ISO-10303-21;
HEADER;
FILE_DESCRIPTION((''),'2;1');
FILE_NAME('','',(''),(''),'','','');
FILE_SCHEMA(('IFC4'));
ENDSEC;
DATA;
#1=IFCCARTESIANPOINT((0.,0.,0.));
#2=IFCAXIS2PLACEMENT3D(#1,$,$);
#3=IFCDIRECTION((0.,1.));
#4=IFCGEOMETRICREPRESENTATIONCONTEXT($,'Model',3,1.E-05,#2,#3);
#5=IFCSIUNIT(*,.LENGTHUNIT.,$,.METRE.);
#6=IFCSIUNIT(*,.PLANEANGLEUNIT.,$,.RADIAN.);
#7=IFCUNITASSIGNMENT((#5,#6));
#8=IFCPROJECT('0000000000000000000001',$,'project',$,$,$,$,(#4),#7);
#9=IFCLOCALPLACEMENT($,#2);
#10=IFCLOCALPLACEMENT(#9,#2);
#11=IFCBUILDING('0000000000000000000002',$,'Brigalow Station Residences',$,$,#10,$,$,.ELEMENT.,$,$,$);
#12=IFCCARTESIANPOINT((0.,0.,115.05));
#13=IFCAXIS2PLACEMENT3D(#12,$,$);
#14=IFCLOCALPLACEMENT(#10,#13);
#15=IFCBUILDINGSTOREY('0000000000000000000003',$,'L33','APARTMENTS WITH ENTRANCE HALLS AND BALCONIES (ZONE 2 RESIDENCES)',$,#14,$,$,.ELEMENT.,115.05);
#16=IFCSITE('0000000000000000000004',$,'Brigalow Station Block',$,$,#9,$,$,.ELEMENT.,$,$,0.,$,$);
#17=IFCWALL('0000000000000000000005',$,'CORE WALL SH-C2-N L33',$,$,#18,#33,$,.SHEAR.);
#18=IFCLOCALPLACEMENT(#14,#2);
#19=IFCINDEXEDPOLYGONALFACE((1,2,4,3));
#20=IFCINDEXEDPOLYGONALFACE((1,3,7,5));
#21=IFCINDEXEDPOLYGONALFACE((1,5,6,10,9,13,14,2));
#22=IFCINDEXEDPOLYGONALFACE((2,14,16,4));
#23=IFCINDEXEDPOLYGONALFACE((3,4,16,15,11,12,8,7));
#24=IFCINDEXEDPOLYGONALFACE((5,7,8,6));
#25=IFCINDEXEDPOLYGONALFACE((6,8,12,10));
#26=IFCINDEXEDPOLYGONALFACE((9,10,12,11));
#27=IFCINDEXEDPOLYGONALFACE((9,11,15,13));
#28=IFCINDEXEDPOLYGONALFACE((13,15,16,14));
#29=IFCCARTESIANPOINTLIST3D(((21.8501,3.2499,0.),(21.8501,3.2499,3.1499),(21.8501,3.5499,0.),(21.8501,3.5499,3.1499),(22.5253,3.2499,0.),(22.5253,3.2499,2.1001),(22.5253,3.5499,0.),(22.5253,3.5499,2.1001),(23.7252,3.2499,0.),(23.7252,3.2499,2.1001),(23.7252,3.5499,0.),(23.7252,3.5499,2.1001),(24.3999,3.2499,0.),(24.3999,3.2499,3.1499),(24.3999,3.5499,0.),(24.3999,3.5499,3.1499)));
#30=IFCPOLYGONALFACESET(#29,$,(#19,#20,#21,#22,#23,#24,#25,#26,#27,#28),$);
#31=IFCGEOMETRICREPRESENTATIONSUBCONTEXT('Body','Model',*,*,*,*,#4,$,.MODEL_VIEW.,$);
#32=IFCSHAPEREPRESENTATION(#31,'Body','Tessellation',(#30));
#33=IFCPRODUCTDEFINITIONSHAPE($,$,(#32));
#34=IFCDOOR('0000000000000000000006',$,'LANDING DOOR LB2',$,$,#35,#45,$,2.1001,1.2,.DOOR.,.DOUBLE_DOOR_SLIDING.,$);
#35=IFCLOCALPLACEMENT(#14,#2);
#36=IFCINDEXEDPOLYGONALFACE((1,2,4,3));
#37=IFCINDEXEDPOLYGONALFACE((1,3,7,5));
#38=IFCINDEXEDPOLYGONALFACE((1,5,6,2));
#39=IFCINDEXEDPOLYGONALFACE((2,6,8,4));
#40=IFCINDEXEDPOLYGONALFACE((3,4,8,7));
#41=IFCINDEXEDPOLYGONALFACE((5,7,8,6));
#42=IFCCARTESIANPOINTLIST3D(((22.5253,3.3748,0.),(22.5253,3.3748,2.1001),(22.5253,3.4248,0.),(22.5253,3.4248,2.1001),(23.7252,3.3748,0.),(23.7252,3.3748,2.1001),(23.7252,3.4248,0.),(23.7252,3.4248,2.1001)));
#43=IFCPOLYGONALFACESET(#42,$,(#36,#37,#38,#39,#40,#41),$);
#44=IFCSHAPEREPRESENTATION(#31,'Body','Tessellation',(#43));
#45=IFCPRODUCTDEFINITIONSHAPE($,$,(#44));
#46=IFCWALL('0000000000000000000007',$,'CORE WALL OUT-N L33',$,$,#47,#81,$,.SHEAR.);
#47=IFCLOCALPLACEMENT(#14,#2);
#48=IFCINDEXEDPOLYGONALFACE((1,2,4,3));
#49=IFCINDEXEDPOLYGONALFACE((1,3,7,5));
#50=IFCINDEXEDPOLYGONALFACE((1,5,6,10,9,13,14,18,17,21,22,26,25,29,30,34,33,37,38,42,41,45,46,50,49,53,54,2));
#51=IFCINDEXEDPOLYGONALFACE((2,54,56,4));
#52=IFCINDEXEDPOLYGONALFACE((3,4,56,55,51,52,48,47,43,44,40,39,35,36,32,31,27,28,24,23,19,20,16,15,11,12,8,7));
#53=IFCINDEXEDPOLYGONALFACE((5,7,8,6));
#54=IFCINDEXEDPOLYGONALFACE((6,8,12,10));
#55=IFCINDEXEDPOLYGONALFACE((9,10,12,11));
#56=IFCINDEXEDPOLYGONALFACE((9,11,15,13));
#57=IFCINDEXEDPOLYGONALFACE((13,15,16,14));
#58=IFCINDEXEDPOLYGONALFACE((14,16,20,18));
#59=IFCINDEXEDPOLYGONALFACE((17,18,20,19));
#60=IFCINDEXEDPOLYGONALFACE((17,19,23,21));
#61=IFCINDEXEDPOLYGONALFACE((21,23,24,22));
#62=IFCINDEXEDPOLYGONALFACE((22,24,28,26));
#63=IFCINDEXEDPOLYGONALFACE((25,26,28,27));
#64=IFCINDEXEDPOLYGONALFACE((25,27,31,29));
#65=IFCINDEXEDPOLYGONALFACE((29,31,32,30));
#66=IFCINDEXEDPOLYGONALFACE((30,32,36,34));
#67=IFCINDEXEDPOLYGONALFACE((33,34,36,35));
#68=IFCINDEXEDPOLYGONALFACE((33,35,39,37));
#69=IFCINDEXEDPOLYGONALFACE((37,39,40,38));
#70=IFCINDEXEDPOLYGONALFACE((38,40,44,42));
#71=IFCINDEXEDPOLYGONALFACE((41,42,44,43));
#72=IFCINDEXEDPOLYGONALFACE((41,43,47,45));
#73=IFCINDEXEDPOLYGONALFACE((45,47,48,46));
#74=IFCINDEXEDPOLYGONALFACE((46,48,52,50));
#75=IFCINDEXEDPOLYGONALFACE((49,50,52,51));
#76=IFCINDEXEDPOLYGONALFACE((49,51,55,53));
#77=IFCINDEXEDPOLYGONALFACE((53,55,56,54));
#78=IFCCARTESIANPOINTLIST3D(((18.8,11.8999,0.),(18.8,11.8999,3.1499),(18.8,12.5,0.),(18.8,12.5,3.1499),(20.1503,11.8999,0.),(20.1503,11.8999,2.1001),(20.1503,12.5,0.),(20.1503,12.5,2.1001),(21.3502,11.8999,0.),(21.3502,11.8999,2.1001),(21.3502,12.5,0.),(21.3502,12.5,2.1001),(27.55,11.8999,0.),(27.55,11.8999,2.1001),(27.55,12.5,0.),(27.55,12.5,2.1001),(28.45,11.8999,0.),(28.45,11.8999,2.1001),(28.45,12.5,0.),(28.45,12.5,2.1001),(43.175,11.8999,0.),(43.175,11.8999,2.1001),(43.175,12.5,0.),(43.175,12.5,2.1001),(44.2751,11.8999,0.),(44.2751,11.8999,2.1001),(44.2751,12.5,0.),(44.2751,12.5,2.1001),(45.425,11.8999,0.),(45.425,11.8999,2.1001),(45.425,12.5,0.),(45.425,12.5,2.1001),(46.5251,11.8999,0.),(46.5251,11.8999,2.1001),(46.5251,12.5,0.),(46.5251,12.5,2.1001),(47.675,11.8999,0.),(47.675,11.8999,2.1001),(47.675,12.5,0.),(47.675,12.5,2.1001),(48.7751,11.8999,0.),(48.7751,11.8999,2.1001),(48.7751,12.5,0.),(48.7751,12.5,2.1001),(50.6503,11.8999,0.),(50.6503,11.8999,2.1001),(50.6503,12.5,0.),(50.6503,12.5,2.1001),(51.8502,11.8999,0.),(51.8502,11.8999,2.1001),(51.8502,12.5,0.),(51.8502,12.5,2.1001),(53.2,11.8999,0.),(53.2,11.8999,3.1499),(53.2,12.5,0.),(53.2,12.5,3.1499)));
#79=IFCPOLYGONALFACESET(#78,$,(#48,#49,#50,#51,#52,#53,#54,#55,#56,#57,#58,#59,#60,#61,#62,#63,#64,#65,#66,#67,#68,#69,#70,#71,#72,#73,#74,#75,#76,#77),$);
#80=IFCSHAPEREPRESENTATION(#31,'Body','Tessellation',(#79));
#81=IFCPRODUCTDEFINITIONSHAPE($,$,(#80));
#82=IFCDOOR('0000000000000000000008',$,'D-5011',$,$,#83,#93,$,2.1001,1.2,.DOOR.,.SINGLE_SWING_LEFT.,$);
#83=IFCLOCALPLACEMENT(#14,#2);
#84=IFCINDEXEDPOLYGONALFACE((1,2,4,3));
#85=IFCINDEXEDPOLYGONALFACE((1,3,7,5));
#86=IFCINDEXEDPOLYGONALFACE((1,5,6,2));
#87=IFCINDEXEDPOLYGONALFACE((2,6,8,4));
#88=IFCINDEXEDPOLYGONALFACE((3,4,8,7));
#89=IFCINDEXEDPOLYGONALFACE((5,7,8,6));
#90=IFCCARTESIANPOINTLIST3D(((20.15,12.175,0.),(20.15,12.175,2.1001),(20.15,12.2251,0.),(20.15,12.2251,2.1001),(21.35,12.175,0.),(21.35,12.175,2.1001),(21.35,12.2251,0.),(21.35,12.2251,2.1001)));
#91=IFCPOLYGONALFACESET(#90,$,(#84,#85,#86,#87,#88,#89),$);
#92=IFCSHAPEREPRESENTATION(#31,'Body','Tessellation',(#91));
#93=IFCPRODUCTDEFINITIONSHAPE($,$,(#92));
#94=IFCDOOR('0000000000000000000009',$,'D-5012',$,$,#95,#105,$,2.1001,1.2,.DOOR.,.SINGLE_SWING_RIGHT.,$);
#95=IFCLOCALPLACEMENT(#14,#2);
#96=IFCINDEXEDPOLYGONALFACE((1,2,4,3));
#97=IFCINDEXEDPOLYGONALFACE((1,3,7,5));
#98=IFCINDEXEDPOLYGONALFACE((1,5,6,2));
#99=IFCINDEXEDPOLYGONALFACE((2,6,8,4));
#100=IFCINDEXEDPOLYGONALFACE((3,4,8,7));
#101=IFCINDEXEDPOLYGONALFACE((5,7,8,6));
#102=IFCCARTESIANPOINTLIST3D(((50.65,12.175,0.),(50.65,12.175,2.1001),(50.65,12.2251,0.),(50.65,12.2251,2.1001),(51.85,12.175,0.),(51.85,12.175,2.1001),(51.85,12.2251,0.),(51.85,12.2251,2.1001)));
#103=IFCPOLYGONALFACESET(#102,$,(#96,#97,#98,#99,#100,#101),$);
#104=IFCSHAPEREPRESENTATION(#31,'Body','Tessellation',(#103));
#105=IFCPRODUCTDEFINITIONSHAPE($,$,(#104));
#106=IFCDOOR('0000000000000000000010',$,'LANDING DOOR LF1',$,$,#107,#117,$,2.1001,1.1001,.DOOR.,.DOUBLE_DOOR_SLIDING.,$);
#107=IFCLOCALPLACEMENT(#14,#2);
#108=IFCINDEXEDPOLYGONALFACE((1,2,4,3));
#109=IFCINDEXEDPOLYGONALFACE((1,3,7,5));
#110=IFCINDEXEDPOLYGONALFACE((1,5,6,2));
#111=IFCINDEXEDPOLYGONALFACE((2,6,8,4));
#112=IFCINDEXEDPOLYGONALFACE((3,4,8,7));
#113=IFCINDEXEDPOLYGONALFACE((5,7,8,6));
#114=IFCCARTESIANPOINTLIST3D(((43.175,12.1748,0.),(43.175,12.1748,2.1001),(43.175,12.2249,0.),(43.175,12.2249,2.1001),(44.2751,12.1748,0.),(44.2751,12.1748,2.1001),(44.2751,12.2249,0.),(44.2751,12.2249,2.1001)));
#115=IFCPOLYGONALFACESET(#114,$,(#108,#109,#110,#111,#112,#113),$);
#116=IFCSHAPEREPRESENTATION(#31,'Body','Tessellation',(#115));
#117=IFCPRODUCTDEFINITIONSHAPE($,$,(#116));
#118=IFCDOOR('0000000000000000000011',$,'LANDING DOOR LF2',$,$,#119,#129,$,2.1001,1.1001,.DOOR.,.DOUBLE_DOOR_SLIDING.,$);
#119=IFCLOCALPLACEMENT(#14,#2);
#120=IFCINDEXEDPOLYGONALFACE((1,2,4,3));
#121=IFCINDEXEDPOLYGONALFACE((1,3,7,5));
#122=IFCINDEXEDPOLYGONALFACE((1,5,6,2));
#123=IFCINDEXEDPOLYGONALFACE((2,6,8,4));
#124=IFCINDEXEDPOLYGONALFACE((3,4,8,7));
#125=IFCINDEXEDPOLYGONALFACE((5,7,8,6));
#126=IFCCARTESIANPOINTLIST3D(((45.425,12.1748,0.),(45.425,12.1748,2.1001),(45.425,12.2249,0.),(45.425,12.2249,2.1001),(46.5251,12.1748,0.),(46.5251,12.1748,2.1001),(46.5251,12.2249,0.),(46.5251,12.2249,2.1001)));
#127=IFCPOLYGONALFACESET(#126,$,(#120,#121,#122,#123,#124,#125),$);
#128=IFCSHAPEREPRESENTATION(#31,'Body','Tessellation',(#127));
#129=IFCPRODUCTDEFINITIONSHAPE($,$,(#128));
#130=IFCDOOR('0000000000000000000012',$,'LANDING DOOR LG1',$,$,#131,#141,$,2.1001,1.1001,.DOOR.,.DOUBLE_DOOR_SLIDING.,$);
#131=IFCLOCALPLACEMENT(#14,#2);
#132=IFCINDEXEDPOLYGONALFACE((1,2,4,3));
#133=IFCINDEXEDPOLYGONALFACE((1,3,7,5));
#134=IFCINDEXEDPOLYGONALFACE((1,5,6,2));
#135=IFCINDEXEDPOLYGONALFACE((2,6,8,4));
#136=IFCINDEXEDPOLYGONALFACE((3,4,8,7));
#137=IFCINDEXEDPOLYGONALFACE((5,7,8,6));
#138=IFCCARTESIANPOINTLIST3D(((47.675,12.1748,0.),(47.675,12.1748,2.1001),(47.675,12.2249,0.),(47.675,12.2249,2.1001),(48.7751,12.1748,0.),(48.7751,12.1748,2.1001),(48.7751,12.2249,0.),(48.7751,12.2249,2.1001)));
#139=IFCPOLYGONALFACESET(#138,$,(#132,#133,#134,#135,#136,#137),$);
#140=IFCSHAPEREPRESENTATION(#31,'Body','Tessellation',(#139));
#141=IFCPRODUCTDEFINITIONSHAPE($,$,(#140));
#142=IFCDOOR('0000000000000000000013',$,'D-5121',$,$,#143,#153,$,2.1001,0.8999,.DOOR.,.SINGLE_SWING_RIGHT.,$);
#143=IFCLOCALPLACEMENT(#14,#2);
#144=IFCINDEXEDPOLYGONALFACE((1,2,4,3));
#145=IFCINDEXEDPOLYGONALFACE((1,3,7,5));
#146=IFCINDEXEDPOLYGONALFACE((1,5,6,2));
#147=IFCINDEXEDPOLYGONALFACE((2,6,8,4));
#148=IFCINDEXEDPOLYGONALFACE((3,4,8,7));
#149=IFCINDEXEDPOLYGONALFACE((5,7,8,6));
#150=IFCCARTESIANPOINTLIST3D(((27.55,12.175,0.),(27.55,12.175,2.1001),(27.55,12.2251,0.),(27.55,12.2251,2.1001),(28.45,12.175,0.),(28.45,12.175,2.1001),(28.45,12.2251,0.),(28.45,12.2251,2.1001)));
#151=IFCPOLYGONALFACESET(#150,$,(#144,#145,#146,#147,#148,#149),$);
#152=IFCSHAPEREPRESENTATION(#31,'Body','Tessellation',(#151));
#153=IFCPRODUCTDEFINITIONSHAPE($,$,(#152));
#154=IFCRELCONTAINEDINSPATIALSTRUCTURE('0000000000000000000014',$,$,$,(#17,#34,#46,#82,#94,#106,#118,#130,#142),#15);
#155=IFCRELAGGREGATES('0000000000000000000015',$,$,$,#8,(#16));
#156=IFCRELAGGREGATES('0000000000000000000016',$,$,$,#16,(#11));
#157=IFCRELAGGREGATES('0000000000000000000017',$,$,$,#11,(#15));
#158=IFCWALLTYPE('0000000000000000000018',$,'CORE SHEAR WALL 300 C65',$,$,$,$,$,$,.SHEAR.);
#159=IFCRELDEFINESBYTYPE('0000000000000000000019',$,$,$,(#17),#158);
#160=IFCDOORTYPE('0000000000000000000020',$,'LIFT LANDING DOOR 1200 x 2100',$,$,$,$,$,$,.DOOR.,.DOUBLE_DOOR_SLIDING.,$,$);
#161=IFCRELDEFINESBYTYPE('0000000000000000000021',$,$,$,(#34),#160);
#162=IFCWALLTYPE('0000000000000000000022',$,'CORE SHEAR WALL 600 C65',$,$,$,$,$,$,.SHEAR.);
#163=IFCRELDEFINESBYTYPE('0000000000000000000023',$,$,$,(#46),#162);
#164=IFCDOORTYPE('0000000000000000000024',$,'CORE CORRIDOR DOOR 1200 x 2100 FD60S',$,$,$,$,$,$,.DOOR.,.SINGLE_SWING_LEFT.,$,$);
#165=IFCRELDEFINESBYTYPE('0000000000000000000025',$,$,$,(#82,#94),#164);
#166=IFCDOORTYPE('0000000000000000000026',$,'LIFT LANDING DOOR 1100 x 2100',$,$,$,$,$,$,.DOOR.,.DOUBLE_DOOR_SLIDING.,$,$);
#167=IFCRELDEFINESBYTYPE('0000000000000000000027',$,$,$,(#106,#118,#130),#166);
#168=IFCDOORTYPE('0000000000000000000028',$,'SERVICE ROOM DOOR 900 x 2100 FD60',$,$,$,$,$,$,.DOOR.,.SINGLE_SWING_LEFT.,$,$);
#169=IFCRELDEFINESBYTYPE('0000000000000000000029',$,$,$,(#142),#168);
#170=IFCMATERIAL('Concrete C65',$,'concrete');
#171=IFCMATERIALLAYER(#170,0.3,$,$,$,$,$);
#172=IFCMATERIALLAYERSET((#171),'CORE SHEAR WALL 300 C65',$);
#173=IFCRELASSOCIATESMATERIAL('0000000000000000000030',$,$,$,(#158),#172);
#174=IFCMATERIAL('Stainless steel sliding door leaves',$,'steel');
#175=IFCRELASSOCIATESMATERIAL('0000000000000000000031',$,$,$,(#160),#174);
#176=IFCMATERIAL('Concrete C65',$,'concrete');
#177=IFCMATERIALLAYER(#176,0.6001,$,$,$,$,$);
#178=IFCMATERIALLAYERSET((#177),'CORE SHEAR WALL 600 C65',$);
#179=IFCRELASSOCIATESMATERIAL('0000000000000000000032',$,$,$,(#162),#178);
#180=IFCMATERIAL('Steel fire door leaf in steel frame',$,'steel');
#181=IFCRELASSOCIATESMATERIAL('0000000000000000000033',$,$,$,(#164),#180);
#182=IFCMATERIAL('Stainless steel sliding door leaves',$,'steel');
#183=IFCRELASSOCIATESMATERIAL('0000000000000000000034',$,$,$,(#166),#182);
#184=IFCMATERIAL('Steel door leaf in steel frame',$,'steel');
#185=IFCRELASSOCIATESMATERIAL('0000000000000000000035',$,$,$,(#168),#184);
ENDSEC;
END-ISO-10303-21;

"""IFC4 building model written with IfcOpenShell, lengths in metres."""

from ifc_helpers import new_model, si_unit, direction, frame, frame_2d, origin, place, context, subcontext, project, spatial, rectangle, extrude, material, layer, layer_set, type_object, element, fill, save


model = new_model("IFC4")

# Units and contexts
model_context = context("Model", 3, precision=1e-05, world=origin(), true_north=direction((0.0, 1.0)))
body_context = subcontext(model_context, "Body", "Model", "MODEL_VIEW")
ifc_project = project(units=[si_unit("LENGTHUNIT", "METRE"), si_unit("PLANEANGLEUNIT", "RADIAN")], contexts=[model_context])

# Site, building, storey
site_placement = place(None, origin())
site = spatial("IfcSite", under=ifc_project, at=site_placement, Name="Brigalow Station Block", CompositionType="ELEMENT", RefElevation=0.0)
building_placement = place(site_placement, origin())
building = spatial("IfcBuilding", under=site, at=building_placement, Name="Brigalow Station Residences", CompositionType="ELEMENT")
storey_placement = place(building_placement, frame((0.0, 0.0, 115.05)))
storey = spatial("IfcBuildingStorey", under=building, at=storey_placement, Name="L33", Description="APARTMENTS WITH ENTRANCE HALLS AND BALCONIES (ZONE 2 RESIDENCES)", CompositionType="ELEMENT", Elevation=115.05)

# Wall, opening, door
ifc_material_1 = material(Name="Concrete C65", Category="concrete")
ifc_layer_1 = layer(ifc_material_1, 0.3)
ifc_layer_set_1 = layer_set([ifc_layer_1], Name="CORE SHEAR WALL 300 C65")
wall_type_1 = type_object("IfcWallType", Name="CORE SHEAR WALL 300 C65", PredefinedType="SHEAR", material=ifc_layer_set_1)
wall_1_placement = place(storey_placement, frame((21.8501, 3.3999, 0.0), z_axis=(0.0, 0.0, 1.0), x_axis=(1.0, 0.0, 0.0)))
wall_1 = element("IfcWall", 1, at=wall_1_placement, inside=storey, type_object=wall_type_1, Name="CORE WALL SH-C2-N L33", PredefinedType="SHEAR", context=body_context, shape_type="SweptSolid", body=[
    extrude(rectangle(XDim=2.5498, YDim=0.3, at=frame_2d((1.2749, 0.0))), origin(), (0.0, 0.0, 1.0), 3.1499),
])
opening_1_placement = place(wall_1_placement, frame((0.675, 0.0, 0.0)))
opening_1 = element("IfcOpeningElement", 2, at=opening_1_placement, cuts=wall_1, PredefinedType="OPENING", context=body_context, shape_type="SweptSolid", body=[
    extrude(rectangle(XDim=1.2, YDim=2.1001, at=frame_2d((0.6001, 1.05))), frame((0.0, 0.1602, 0.0), z_axis=(0.0, -1.0, 0.0), x_axis=(1.0, 0.0, 0.0)), (0.0, 0.0, 1.0), 0.3201),
])
ifc_material_2 = material(Name="Stainless steel sliding door leaves", Category="steel")
door_type_1 = type_object("IfcDoorType", Name="LIFT LANDING DOOR 1200 x 2100", OperationType="DOUBLE_DOOR_SLIDING", PredefinedType="DOOR", material=ifc_material_2)
door_1_placement = place(opening_1_placement, origin())
door_1 = element("IfcDoor", 3, at=door_1_placement, inside=storey, type_object=door_type_1, Name="LANDING DOOR LB2", OperationType="DOUBLE_DOOR_SLIDING", OverallHeight=2.1001, OverallWidth=1.2, PredefinedType="DOOR", context=body_context, shape_type="SweptSolid", body=[
    extrude(rectangle(XDim=1.2, YDim=2.1001, at=frame_2d((0.6001, 1.05))), frame((0.0, 0.0249, 0.0), z_axis=(0.0, -1.0, 0.0), x_axis=(1.0, 0.0, 0.0)), (0.0, 0.0, 1.0), 0.05),
])
fill(opening_1, door_1)

# Wall, openings, doors
ifc_material_3 = material(Name="Concrete C65", Category="concrete")
ifc_layer_2 = layer(ifc_material_3, 0.6001)
ifc_layer_set_2 = layer_set([ifc_layer_2], Name="CORE SHEAR WALL 600 C65")
wall_type_2 = type_object("IfcWallType", Name="CORE SHEAR WALL 600 C65", PredefinedType="SHEAR", material=ifc_layer_set_2)
wall_2_placement = place(storey_placement, frame((18.8, 12.2, 0.0), z_axis=(0.0, 0.0, 1.0), x_axis=(1.0, 0.0, 0.0)))
wall_2 = element("IfcWall", 4, at=wall_2_placement, inside=storey, type_object=wall_type_2, Name="CORE WALL OUT-N L33", PredefinedType="SHEAR", context=body_context, shape_type="SweptSolid", body=[
    extrude(rectangle(XDim=34.3999, YDim=0.6001, at=frame_2d((17.2, 0.0))), origin(), (0.0, 0.0, 1.0), 3.1499),
])
opening_2_placement = place(wall_2_placement, frame((24.375, 0.0, 0.0)))
opening_2 = element("IfcOpeningElement", 5, at=opening_2_placement, cuts=wall_2, PredefinedType="OPENING", context=body_context, shape_type="SweptSolid", body=[
    extrude(rectangle(XDim=1.1001, YDim=2.1001, at=frame_2d((0.55, 1.05))), frame((0.0, 0.3101, 0.0), z_axis=(0.0, -1.0, 0.0), x_axis=(1.0, 0.0, 0.0)), (0.0, 0.0, 1.0), 0.6201),
])
opening_3_placement = place(wall_2_placement, frame((26.625, 0.0, 0.0)))
opening_3 = element("IfcOpeningElement", 6, at=opening_3_placement, cuts=wall_2, PredefinedType="OPENING", context=body_context, shape_type="SweptSolid", body=[
    extrude(rectangle(XDim=1.1001, YDim=2.1001, at=frame_2d((0.55, 1.05))), frame((0.0, 0.3101, 0.0), z_axis=(0.0, -1.0, 0.0), x_axis=(1.0, 0.0, 0.0)), (0.0, 0.0, 1.0), 0.6201),
])
opening_4_placement = place(wall_2_placement, frame((28.875, 0.0, 0.0)))
opening_4 = element("IfcOpeningElement", 7, at=opening_4_placement, cuts=wall_2, PredefinedType="OPENING", context=body_context, shape_type="SweptSolid", body=[
    extrude(rectangle(XDim=1.1001, YDim=2.1001, at=frame_2d((0.55, 1.05))), frame((0.0, 0.3101, 0.0), z_axis=(0.0, -1.0, 0.0), x_axis=(1.0, 0.0, 0.0)), (0.0, 0.0, 1.0), 0.6201),
])
opening_5_placement = place(wall_2_placement, frame((8.75, 0.0, 0.0)))
opening_5 = element("IfcOpeningElement", 8, at=opening_5_placement, cuts=wall_2, PredefinedType="OPENING", context=body_context, shape_type="SweptSolid", body=[
    extrude(rectangle(XDim=0.8999, YDim=2.1001, at=frame_2d((0.45, 1.05))), frame((0.0, 0.3101, 0.0), z_axis=(0.0, -1.0, 0.0), x_axis=(1.0, 0.0, 0.0)), (0.0, 0.0, 1.0), 0.6201),
])
opening_6_placement = place(wall_2_placement, frame((1.3501, 0.0, 0.0)))
opening_6 = element("IfcOpeningElement", 9, at=opening_6_placement, cuts=wall_2, PredefinedType="OPENING", context=body_context, shape_type="SweptSolid", body=[
    extrude(rectangle(XDim=1.2, YDim=2.1001, at=frame_2d((0.6001, 1.05))), frame((0.0, 0.3101, 0.0), z_axis=(0.0, -1.0, 0.0), x_axis=(1.0, 0.0, 0.0)), (0.0, 0.0, 1.0), 0.6201),
])
opening_7_placement = place(wall_2_placement, frame((31.8501, 0.0, 0.0)))
opening_7 = element("IfcOpeningElement", 10, at=opening_7_placement, cuts=wall_2, PredefinedType="OPENING", context=body_context, shape_type="SweptSolid", body=[
    extrude(rectangle(XDim=1.2, YDim=2.1001, at=frame_2d((0.6001, 1.05))), frame((0.0, 0.3101, 0.0), z_axis=(0.0, -1.0, 0.0), x_axis=(1.0, 0.0, 0.0)), (0.0, 0.0, 1.0), 0.6201),
])
ifc_material_4 = material(Name="Steel fire door leaf in steel frame", Category="steel")
door_type_2 = type_object("IfcDoorType", Name="CORE CORRIDOR DOOR 1200 x 2100 FD60S", OperationType="SINGLE_SWING_LEFT", PredefinedType="DOOR", material=ifc_material_4)
door_2_placement = place(opening_6_placement, frame((1.2, 0.0, 0.0), z_axis=(0.0, 0.0, 1.0), x_axis=(-1.0, 0.0, 0.0)))
door_2 = element("IfcDoor", 11, at=door_2_placement, inside=storey, type_object=door_type_2, Name="D-5011", OperationType="SINGLE_SWING_LEFT", OverallHeight=2.1001, OverallWidth=1.2, PredefinedType="DOOR", context=body_context, shape_type="SweptSolid", body=[
    extrude(rectangle(XDim=1.2, YDim=2.1001, at=frame_2d((0.6001, 1.05))), frame((0.0, 0.0249, 0.0), z_axis=(0.0, -1.0, 0.0), x_axis=(1.0, 0.0, 0.0)), (0.0, 0.0, 1.0), 0.05),
])
fill(opening_6, door_2)
door_3_placement = place(opening_7_placement, frame((1.2, 0.0, 0.0), z_axis=(0.0, 0.0, 1.0), x_axis=(-1.0, 0.0, 0.0)))
door_3 = element("IfcDoor", 12, at=door_3_placement, inside=storey, type_object=door_type_2, Name="D-5012", OperationType="SINGLE_SWING_RIGHT", OverallHeight=2.1001, OverallWidth=1.2, PredefinedType="DOOR", context=body_context, shape_type="SweptSolid", body=[
    extrude(rectangle(XDim=1.2, YDim=2.1001, at=frame_2d((0.6001, 1.05))), frame((0.0, 0.0249, 0.0), z_axis=(0.0, -1.0, 0.0), x_axis=(1.0, 0.0, 0.0)), (0.0, 0.0, 1.0), 0.05),
])
fill(opening_7, door_3)
ifc_material_5 = material(Name="Stainless steel sliding door leaves", Category="steel")
door_type_3 = type_object("IfcDoorType", Name="LIFT LANDING DOOR 1100 x 2100", OperationType="DOUBLE_DOOR_SLIDING", PredefinedType="DOOR", material=ifc_material_5)
door_4_placement = place(opening_2_placement, origin())
door_4 = element("IfcDoor", 13, at=door_4_placement, inside=storey, type_object=door_type_3, Name="LANDING DOOR LF1", OperationType="DOUBLE_DOOR_SLIDING", OverallHeight=2.1001, OverallWidth=1.1001, PredefinedType="DOOR", context=body_context, shape_type="SweptSolid", body=[
    extrude(rectangle(XDim=1.1001, YDim=2.1001, at=frame_2d((0.55, 1.05))), frame((0.0, 0.0249, 0.0), z_axis=(0.0, -1.0, 0.0), x_axis=(1.0, 0.0, 0.0)), (0.0, 0.0, 1.0), 0.05),
])
fill(opening_2, door_4)
door_5_placement = place(opening_3_placement, origin())
door_5 = element("IfcDoor", 14, at=door_5_placement, inside=storey, type_object=door_type_3, Name="LANDING DOOR LF2", OperationType="DOUBLE_DOOR_SLIDING", OverallHeight=2.1001, OverallWidth=1.1001, PredefinedType="DOOR", context=body_context, shape_type="SweptSolid", body=[
    extrude(rectangle(XDim=1.1001, YDim=2.1001, at=frame_2d((0.55, 1.05))), frame((0.0, 0.0249, 0.0), z_axis=(0.0, -1.0, 0.0), x_axis=(1.0, 0.0, 0.0)), (0.0, 0.0, 1.0), 0.05),
])
fill(opening_3, door_5)
door_6_placement = place(opening_4_placement, origin())
door_6 = element("IfcDoor", 15, at=door_6_placement, inside=storey, type_object=door_type_3, Name="LANDING DOOR LG1", OperationType="DOUBLE_DOOR_SLIDING", OverallHeight=2.1001, OverallWidth=1.1001, PredefinedType="DOOR", context=body_context, shape_type="SweptSolid", body=[
    extrude(rectangle(XDim=1.1001, YDim=2.1001, at=frame_2d((0.55, 1.05))), frame((0.0, 0.0249, 0.0), z_axis=(0.0, -1.0, 0.0), x_axis=(1.0, 0.0, 0.0)), (0.0, 0.0, 1.0), 0.05),
])
fill(opening_4, door_6)
ifc_material_6 = material(Name="Steel door leaf in steel frame", Category="steel")
door_type_4 = type_object("IfcDoorType", Name="SERVICE ROOM DOOR 900 x 2100 FD60", OperationType="SINGLE_SWING_LEFT", PredefinedType="DOOR", material=ifc_material_6)
door_7_placement = place(opening_5_placement, frame((0.8999, 0.0, 0.0), z_axis=(0.0, 0.0, 1.0), x_axis=(-1.0, 0.0, 0.0)))
door_7 = element("IfcDoor", 16, at=door_7_placement, inside=storey, type_object=door_type_4, Name="D-5121", OperationType="SINGLE_SWING_RIGHT", OverallHeight=2.1001, OverallWidth=0.8999, PredefinedType="DOOR", context=body_context, shape_type="SweptSolid", body=[
    extrude(rectangle(XDim=0.8999, YDim=2.1001, at=frame_2d((0.45, 1.05))), frame((0.0, 0.0249, 0.0), z_axis=(0.0, -1.0, 0.0), x_axis=(1.0, 0.0, 0.0)), (0.0, 0.0, 1.0), 0.05),
])
fill(opening_5, door_7)

save(model, "model.ifc")
